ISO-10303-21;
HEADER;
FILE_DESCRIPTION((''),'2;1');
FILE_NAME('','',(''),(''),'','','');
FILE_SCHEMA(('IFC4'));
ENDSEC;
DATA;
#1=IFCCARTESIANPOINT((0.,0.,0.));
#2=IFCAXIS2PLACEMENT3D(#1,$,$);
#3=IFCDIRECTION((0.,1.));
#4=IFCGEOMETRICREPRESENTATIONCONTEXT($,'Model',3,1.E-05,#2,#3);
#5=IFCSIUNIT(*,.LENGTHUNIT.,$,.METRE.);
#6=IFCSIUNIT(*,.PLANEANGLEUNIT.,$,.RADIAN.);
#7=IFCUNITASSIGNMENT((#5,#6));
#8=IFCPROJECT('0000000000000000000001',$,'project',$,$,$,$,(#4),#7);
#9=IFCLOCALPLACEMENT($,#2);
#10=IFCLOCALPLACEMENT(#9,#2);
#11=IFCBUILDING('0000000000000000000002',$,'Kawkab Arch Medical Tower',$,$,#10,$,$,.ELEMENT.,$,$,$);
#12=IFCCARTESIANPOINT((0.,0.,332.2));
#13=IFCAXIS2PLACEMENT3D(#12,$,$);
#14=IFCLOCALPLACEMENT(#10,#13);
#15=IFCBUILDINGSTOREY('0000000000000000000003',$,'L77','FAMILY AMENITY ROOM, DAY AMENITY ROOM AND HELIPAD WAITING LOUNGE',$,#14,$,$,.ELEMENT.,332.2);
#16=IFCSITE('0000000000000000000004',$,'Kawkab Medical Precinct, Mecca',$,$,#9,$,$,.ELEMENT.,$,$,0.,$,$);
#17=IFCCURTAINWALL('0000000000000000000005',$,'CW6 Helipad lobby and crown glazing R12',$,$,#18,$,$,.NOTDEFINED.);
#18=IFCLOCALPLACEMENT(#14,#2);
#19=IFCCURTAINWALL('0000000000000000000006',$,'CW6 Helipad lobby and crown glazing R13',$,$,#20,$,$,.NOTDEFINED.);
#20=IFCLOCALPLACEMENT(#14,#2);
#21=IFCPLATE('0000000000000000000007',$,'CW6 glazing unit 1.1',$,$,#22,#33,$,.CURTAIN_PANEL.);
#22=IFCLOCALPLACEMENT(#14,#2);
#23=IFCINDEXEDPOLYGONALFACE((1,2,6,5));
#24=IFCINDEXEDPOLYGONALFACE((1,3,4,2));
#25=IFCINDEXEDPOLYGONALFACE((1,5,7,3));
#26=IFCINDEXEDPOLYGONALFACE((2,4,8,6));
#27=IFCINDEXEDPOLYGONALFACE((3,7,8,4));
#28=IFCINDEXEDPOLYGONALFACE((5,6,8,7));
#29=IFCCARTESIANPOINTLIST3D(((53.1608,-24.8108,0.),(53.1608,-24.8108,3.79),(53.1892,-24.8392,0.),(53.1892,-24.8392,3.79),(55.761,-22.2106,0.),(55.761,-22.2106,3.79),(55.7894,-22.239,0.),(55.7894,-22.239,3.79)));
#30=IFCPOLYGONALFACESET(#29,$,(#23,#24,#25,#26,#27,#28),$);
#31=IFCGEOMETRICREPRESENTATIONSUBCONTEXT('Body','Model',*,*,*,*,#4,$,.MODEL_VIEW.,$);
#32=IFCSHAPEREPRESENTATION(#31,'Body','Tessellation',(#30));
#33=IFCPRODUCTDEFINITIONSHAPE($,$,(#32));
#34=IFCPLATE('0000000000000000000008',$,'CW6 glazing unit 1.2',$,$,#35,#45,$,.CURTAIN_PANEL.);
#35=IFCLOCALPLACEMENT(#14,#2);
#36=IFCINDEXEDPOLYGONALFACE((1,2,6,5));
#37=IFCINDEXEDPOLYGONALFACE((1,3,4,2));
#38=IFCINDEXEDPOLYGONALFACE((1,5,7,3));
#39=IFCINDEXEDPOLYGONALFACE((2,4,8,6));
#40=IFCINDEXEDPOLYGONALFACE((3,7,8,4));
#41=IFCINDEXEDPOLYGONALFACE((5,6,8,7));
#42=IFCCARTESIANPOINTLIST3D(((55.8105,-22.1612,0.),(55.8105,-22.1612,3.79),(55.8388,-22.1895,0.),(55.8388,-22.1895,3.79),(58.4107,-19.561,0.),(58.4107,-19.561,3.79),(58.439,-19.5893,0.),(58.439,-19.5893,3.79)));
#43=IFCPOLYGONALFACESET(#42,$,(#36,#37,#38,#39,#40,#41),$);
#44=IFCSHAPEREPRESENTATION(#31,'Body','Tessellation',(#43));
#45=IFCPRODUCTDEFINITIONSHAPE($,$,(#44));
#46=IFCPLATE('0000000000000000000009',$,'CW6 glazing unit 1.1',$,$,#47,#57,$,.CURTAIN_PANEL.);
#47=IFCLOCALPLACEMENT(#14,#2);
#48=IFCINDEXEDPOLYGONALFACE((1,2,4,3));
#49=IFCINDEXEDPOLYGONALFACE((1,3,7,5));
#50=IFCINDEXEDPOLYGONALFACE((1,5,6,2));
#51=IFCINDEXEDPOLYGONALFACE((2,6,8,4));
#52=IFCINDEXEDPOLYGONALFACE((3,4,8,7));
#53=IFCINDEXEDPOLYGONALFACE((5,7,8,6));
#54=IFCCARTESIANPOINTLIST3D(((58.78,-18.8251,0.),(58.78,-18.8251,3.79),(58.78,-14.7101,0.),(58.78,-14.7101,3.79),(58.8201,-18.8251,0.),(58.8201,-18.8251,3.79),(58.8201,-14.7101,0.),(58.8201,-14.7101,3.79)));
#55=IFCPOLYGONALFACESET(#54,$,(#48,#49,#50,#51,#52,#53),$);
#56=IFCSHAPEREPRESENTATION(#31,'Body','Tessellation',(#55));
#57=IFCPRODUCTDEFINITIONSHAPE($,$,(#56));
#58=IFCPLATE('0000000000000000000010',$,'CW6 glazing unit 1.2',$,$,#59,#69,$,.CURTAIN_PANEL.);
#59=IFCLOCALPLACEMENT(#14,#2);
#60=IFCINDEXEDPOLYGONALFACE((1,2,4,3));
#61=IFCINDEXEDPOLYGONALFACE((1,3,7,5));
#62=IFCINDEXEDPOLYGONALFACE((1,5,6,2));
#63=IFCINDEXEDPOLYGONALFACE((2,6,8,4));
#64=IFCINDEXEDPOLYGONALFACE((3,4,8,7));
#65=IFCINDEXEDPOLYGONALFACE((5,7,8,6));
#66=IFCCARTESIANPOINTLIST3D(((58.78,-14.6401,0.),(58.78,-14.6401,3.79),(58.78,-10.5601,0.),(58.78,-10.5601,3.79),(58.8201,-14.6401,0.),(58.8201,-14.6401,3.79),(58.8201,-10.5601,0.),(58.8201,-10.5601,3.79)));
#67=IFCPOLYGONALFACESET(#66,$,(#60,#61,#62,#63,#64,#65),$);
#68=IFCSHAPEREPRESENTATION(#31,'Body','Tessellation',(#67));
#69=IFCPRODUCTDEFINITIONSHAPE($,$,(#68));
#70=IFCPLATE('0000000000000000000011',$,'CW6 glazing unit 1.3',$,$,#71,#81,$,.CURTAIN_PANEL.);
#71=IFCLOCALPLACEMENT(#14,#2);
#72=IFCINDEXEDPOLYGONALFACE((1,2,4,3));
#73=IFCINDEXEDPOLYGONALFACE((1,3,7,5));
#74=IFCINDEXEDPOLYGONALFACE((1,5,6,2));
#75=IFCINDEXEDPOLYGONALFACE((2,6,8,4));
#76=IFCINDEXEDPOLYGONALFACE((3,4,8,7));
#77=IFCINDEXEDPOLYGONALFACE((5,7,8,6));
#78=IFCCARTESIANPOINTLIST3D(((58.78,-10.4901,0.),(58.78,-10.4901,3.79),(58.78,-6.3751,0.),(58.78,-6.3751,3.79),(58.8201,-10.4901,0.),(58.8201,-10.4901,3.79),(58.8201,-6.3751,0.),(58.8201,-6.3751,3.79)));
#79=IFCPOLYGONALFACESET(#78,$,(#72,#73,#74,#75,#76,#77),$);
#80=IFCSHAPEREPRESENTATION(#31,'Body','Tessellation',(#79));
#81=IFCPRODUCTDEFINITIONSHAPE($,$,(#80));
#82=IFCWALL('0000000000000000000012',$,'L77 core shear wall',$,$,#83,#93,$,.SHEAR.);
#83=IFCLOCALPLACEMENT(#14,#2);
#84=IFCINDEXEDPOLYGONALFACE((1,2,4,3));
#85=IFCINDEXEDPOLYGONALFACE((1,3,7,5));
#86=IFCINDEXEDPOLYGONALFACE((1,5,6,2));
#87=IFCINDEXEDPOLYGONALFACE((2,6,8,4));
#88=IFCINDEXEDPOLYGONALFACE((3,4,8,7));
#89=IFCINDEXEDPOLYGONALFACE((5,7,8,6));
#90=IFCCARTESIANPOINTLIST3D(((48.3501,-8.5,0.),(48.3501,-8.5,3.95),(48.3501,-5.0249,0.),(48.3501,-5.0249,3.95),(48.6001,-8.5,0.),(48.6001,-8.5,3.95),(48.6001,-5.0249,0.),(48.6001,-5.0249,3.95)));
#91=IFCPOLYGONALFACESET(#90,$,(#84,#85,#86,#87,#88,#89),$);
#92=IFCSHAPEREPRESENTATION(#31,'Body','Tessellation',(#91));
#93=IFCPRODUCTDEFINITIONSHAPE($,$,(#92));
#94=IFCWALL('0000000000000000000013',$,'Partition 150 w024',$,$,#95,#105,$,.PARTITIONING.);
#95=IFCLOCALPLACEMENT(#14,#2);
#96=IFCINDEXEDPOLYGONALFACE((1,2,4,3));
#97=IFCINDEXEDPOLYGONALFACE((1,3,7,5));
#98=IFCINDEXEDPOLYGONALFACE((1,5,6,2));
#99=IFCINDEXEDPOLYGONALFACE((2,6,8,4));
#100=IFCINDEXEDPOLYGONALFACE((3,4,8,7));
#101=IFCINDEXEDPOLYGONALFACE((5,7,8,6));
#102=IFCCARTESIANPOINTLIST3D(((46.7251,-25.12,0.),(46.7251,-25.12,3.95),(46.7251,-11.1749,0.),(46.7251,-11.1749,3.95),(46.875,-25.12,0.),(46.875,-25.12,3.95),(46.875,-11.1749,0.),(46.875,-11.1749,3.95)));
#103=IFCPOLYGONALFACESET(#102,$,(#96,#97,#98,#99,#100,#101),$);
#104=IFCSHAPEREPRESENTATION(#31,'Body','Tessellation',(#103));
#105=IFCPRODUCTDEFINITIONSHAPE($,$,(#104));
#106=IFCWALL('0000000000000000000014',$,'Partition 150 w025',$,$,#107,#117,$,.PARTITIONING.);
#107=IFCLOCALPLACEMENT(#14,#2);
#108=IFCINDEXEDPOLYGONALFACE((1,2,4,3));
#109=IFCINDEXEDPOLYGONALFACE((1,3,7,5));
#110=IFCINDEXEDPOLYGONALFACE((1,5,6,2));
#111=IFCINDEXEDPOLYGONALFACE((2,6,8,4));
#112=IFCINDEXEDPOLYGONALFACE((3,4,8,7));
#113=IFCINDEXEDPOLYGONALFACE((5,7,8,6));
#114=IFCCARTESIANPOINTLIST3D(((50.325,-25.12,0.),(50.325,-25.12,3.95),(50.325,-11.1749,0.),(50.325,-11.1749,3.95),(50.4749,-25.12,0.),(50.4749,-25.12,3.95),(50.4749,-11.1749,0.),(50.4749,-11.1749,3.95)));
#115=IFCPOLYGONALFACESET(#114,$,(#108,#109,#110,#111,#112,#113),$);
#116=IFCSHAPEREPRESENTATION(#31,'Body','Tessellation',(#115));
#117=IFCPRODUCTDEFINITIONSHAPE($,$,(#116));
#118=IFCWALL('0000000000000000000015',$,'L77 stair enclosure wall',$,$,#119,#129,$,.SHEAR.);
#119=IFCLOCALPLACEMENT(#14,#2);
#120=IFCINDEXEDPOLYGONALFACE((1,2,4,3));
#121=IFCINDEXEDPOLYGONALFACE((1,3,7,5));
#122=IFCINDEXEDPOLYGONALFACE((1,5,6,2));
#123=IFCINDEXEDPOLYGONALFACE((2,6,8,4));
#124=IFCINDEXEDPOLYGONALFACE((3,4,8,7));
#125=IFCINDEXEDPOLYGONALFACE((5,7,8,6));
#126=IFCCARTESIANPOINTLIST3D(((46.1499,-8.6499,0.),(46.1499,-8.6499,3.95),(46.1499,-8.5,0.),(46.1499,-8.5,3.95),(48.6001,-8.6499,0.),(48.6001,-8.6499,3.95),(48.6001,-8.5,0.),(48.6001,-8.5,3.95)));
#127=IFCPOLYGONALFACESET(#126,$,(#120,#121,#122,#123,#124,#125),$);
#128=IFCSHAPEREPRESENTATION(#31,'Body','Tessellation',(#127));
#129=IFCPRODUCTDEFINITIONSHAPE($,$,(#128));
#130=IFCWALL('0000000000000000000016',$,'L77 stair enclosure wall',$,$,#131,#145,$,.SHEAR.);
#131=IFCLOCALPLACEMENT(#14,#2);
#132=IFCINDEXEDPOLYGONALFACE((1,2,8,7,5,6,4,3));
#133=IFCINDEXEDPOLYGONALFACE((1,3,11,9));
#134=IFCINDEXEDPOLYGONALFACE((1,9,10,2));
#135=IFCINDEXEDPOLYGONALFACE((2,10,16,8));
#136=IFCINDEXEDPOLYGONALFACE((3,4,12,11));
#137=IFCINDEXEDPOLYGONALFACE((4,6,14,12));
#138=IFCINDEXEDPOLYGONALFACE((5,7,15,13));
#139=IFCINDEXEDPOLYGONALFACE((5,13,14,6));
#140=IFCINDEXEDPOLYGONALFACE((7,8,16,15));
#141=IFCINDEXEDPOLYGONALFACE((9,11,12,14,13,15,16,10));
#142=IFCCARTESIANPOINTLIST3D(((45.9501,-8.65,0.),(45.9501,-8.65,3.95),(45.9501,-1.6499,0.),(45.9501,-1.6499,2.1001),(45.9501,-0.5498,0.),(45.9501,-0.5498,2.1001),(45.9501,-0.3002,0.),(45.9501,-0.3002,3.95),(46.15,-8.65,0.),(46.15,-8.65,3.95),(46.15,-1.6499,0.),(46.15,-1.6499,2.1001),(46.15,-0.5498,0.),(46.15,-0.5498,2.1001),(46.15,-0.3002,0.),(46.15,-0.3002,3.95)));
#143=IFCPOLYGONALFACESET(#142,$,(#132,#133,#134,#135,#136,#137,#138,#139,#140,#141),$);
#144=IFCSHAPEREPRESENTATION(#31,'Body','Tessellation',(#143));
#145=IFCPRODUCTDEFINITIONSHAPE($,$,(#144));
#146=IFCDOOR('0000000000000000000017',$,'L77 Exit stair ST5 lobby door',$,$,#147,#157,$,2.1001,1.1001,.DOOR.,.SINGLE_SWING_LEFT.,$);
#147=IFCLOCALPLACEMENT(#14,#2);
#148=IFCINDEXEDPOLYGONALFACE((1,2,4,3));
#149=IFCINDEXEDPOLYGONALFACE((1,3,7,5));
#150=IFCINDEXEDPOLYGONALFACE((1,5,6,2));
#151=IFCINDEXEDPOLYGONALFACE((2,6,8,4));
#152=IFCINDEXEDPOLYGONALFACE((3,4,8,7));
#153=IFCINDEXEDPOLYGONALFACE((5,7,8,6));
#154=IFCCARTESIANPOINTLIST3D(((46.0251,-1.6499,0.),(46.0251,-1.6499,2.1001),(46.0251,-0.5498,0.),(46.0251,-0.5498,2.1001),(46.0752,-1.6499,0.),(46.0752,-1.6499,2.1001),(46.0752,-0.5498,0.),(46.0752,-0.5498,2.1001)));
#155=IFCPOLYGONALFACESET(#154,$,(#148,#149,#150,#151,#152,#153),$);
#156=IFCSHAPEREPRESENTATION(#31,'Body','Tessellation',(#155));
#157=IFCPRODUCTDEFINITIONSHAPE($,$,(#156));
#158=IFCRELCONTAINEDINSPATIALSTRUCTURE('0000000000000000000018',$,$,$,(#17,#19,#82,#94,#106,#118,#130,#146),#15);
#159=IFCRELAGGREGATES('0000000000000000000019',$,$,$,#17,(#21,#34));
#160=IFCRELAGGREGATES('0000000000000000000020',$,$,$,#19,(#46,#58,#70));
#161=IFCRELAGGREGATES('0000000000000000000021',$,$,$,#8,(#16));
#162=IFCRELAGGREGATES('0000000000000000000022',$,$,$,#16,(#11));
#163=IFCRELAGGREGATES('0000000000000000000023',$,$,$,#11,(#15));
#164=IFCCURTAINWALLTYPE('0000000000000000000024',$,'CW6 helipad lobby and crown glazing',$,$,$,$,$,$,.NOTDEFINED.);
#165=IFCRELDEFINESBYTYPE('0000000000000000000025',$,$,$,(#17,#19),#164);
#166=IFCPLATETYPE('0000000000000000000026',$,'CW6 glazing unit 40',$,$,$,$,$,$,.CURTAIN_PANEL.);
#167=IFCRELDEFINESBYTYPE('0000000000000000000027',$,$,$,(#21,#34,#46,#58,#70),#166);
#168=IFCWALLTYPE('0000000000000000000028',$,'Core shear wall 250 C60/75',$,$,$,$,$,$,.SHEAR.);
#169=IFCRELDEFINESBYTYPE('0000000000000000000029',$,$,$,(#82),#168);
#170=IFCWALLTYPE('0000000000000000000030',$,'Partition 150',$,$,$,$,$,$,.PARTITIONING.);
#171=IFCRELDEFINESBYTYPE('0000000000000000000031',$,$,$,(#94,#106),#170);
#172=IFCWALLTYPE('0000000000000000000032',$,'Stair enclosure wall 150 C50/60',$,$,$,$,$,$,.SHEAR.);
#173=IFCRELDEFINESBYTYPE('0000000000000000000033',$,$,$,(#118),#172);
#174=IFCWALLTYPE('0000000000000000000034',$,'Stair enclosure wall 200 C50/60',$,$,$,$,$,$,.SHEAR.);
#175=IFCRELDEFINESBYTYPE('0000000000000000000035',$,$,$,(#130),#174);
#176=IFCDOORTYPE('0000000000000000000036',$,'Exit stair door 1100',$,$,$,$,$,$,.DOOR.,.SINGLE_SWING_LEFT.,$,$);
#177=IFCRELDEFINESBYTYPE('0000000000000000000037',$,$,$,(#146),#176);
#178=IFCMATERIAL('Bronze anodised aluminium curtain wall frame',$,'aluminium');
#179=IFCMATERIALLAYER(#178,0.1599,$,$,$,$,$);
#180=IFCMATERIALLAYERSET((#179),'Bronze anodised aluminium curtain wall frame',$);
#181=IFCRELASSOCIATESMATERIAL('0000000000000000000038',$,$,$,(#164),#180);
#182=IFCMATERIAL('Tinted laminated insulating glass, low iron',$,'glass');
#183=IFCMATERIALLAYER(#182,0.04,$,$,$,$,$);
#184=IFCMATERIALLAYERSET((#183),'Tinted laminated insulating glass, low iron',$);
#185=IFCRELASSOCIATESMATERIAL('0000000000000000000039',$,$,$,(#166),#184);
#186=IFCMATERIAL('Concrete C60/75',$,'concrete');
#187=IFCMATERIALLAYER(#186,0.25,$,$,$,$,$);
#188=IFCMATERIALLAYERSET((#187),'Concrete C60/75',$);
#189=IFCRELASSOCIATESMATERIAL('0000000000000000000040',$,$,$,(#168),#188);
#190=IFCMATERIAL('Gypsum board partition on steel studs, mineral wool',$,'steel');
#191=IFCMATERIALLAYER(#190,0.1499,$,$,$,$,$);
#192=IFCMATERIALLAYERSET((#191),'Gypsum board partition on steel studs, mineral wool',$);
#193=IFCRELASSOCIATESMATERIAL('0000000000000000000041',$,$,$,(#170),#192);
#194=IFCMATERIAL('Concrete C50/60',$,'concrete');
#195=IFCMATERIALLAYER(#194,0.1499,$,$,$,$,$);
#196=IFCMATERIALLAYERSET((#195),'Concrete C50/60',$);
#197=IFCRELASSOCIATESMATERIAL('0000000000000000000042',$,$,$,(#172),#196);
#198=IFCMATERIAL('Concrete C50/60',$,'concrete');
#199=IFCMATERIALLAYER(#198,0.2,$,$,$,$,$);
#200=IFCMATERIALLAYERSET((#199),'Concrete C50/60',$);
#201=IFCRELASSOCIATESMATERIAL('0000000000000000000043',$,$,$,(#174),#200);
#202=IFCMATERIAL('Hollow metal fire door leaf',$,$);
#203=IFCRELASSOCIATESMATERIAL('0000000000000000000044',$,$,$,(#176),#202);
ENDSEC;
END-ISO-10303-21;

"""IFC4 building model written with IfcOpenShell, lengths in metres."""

from ifc_helpers import new_model, si_unit, direction, frame, frame_2d, origin, origin_2d, place, context, subcontext, project, spatial, rectangle, extrude, material, layer, layer_set, type_object, element, fill, aggregate, save


model = new_model("IFC4")

# Units and contexts
model_context = context("Model", 3, precision=1e-05, world=origin(), true_north=direction((0.0, 1.0)))
body_context = subcontext(model_context, "Body", "Model", "MODEL_VIEW")
ifc_project = project(units=[si_unit("LENGTHUNIT", "METRE"), si_unit("PLANEANGLEUNIT", "RADIAN")], contexts=[model_context])

# Site, building, storey
site_placement = place(None, origin())
site = spatial("IfcSite", under=ifc_project, at=site_placement, Name="Kawkab Medical Precinct, Mecca", CompositionType="ELEMENT", RefElevation=0.0)
building_placement = place(site_placement, origin())
building = spatial("IfcBuilding", under=site, at=building_placement, Name="Kawkab Arch Medical Tower", CompositionType="ELEMENT")
storey_placement = place(building_placement, frame((0.0, 0.0, 332.2)))
storey = spatial("IfcBuildingStorey", under=building, at=storey_placement, Name="L77", Description="FAMILY AMENITY ROOM, DAY AMENITY ROOM AND HELIPAD WAITING LOUNGE", CompositionType="ELEMENT", Elevation=332.2)

# Shared definitions
ifc_material_1 = material(Name="Bronze anodised aluminium curtain wall frame", Category="aluminium")
ifc_layer_1 = layer(ifc_material_1, 0.1599)
ifc_layer_set_1 = layer_set([ifc_layer_1], Name="Bronze anodised aluminium curtain wall frame")
curtain_wall_type = type_object("IfcCurtainWallType", Name="CW6 helipad lobby and crown glazing", PredefinedType="NOTDEFINED", material=ifc_layer_set_1)
placement = place(storey_placement, origin())

# Curtain wall
curtain_wall_1 = element("IfcCurtainWall", 1, at=placement, inside=storey, type_object=curtain_wall_type, Name="CW6 Helipad lobby and crown glazing R12", PredefinedType="NOTDEFINED")

# Curtain wall
curtain_wall_2 = element("IfcCurtainWall", 2, at=placement, inside=storey, type_object=curtain_wall_type, Name="CW6 Helipad lobby and crown glazing R13", PredefinedType="NOTDEFINED")

# Plates
ifc_material_2 = material(Name="Tinted laminated insulating glass, low iron", Category="glass")
ifc_layer_2 = layer(ifc_material_2, 0.04)
ifc_layer_set_2 = layer_set([ifc_layer_2], Name="Tinted laminated insulating glass, low iron")
plate_type = type_object("IfcPlateType", Name="CW6 glazing unit 40", PredefinedType="CURTAIN_PANEL", material=ifc_layer_set_2)
plate_1_placement = place(storey_placement, frame((54.4751, -23.5249, 0.0), z_axis=(0.0, 0.0, 1.0), x_axis=(0.707107, 0.707107, 0.0)))
plate_1 = element("IfcPlate", 3, at=plate_1_placement, type_object=plate_type, Name="CW6 glazing unit 1.1", PredefinedType="CURTAIN_PANEL", context=body_context, shape_type="SweptSolid", body=[
    extrude(rectangle(XDim=3.6772, YDim=0.04, at=origin_2d()), origin(), (0.0, 0.0, 1.0), 3.79),
])
plate_2_placement = place(storey_placement, frame((57.1248, -20.8752, 0.0), z_axis=(0.0, 0.0, 1.0), x_axis=(0.707107, 0.707107, 0.0)))
plate_2 = element("IfcPlate", 4, at=plate_2_placement, type_object=plate_type, Name="CW6 glazing unit 1.2", PredefinedType="CURTAIN_PANEL", context=body_context, shape_type="SweptSolid", body=[
    extrude(rectangle(XDim=3.6772, YDim=0.04, at=origin_2d()), origin(), (0.0, 0.0, 1.0), 3.79),
])
aggregate(curtain_wall_1, [plate_1, plate_2])
plate_3_placement = place(storey_placement, frame((58.8, -16.7676, 0.0), z_axis=(0.0, 0.0, 1.0), x_axis=(0.0, 1.0, 0.0)))
plate_3 = element("IfcPlate", 5, at=plate_3_placement, type_object=plate_type, Name="CW6 glazing unit 1.1", PredefinedType="CURTAIN_PANEL", context=body_context, shape_type="SweptSolid", body=[
    extrude(rectangle(XDim=4.115, YDim=0.04, at=origin_2d()), origin(), (0.0, 0.0, 1.0), 3.79),
])
plate_4_placement = place(storey_placement, frame((58.8, -12.6001, 0.0), z_axis=(0.0, 0.0, 1.0), x_axis=(0.0, 1.0, 0.0)))
plate_4 = element("IfcPlate", 6, at=plate_4_placement, type_object=plate_type, Name="CW6 glazing unit 1.2", PredefinedType="CURTAIN_PANEL", context=body_context, shape_type="SweptSolid", body=[
    extrude(rectangle(XDim=4.0801, YDim=0.04, at=origin_2d()), origin(), (0.0, 0.0, 1.0), 3.79),
])
plate_5_placement = place(storey_placement, frame((58.8, -8.4326, 0.0), z_axis=(0.0, 0.0, 1.0), x_axis=(0.0, 1.0, 0.0)))
plate_5 = element("IfcPlate", 7, at=plate_5_placement, type_object=plate_type, Name="CW6 glazing unit 1.3", PredefinedType="CURTAIN_PANEL", context=body_context, shape_type="SweptSolid", body=[
    extrude(rectangle(XDim=4.115, YDim=0.04, at=origin_2d()), origin(), (0.0, 0.0, 1.0), 3.79),
])
aggregate(curtain_wall_2, [plate_3, plate_4, plate_5])

# Walls
ifc_material_3 = material(Name="Concrete C60/75", Category="concrete")
ifc_layer_3 = layer(ifc_material_3, 0.25)
ifc_layer_set_3 = layer_set([ifc_layer_3], Name="Concrete C60/75")
wall_type_1 = type_object("IfcWallType", Name="Core shear wall 250 C60/75", PredefinedType="SHEAR", material=ifc_layer_set_3)
wall_1_placement = place(storey_placement, frame((48.4751, -8.5, 0.0), z_axis=(0.0, 0.0, 1.0), x_axis=(0.0, 1.0, 0.0)))
element("IfcWall", 8, at=wall_1_placement, inside=storey, type_object=wall_type_1, Name="L77 core shear wall", PredefinedType="SHEAR", context=body_context, shape_type="SweptSolid", body=[
    extrude(rectangle(XDim=3.4751, YDim=0.25, at=frame_2d((1.7375, 0.0))), origin(), (0.0, 0.0, 1.0), 3.95),
])
ifc_material_4 = material(Name="Gypsum board partition on steel studs, mineral wool", Category="steel")
ifc_layer_4 = layer(ifc_material_4, 0.1499)
ifc_layer_set_4 = layer_set([ifc_layer_4], Name="Gypsum board partition on steel studs, mineral wool")
wall_type_2 = type_object("IfcWallType", Name="Partition 150", PredefinedType="PARTITIONING", material=ifc_layer_set_4)
for number, where, z_axis, x_axis, name in (
    (9, (46.8, -25.1201, 0.0), (0.0, 0.0, 1.0), (0.0, 1.0, 0.0), "Partition 150 w024"),
    (10, (50.3999, -25.1201, 0.0), (0.0, 0.0, 1.0), (0.0, 1.0, 0.0), "Partition 150 w025"),
):
    element("IfcWall", number, at=place(storey_placement, frame(where, z_axis=z_axis, x_axis=x_axis)), inside=storey, type_object=wall_type_2, Name=name, PredefinedType="PARTITIONING", context=body_context, shape_type="SweptSolid", body=[
        extrude(rectangle(XDim=13.9451, YDim=0.1499, at=frame_2d((6.9727, 0.0))), origin(), (0.0, 0.0, 1.0), 3.95),
    ])
ifc_material_5 = material(Name="Concrete C50/60", Category="concrete")
ifc_layer_5 = layer(ifc_material_5, 0.1499)
ifc_layer_set_5 = layer_set([ifc_layer_5], Name="Concrete C50/60")
wall_type_3 = type_object("IfcWallType", Name="Stair enclosure wall 150 C50/60", PredefinedType="SHEAR", material=ifc_layer_set_5)
wall_2_placement = place(storey_placement, frame((46.1499, -8.575, 0.0), z_axis=(0.0, 0.0, 1.0), x_axis=(1.0, 0.0, 0.0)))
element("IfcWall", 11, at=wall_2_placement, inside=storey, type_object=wall_type_3, Name="L77 stair enclosure wall", PredefinedType="SHEAR", context=body_context, shape_type="SweptSolid", body=[
    extrude(rectangle(XDim=2.4502, YDim=0.1499, at=frame_2d((1.2251, 0.0))), origin(), (0.0, 0.0, 1.0), 3.95),
])

# Wall, opening, door
ifc_material_6 = material(Name="Concrete C50/60", Category="concrete")
ifc_layer_6 = layer(ifc_material_6, 0.2)
ifc_layer_set_6 = layer_set([ifc_layer_6], Name="Concrete C50/60")
wall_type_4 = type_object("IfcWallType", Name="Stair enclosure wall 200 C50/60", PredefinedType="SHEAR", material=ifc_layer_set_6)
wall_3_placement = place(storey_placement, frame((46.05, -8.6499, 0.0), z_axis=(0.0, 0.0, 1.0), x_axis=(0.0, 1.0, 0.0)))
wall_3 = element("IfcWall", 12, at=wall_3_placement, inside=storey, type_object=wall_type_4, Name="L77 stair enclosure wall", PredefinedType="SHEAR", context=body_context, shape_type="SweptSolid", body=[
    extrude(rectangle(XDim=8.3499, YDim=0.2, at=frame_2d((4.1748, 0.0))), origin(), (0.0, 0.0, 1.0), 3.95),
])
opening_placement = place(wall_3_placement, frame((7.0, 0.0, 0.0)))
opening = element("IfcOpeningElement", 13, at=opening_placement, cuts=wall_3, PredefinedType="OPENING", context=body_context, shape_type="SweptSolid", body=[
    extrude(rectangle(XDim=1.1001, YDim=2.1001, at=frame_2d((0.55, 1.05))), frame((0.0, 0.1099, 0.0), z_axis=(0.0, -1.0, 0.0), x_axis=(1.0, 0.0, 0.0)), (0.0, 0.0, 1.0), 0.22),
])
ifc_material_7 = material(Name="Hollow metal fire door leaf")
door_type = type_object("IfcDoorType", Name="Exit stair door 1100", OperationType="SINGLE_SWING_LEFT", PredefinedType="DOOR", material=ifc_material_7)
door_placement = place(opening_placement, origin())
door = element("IfcDoor", 14, at=door_placement, inside=storey, type_object=door_type, Name="L77 Exit stair ST5 lobby door", OperationType="SINGLE_SWING_LEFT", OverallHeight=2.1001, OverallWidth=1.1001, PredefinedType="DOOR", context=body_context, shape_type="SweptSolid", body=[
    extrude(rectangle(XDim=1.1001, YDim=2.1001, at=frame_2d((0.55, 1.05))), frame((0.0, 0.0249, 0.0), z_axis=(0.0, -1.0, 0.0), x_axis=(1.0, 0.0, 0.0)), (0.0, 0.0, 1.0), 0.05),
])
fill(opening, door)

save(model, "model.ifc")
